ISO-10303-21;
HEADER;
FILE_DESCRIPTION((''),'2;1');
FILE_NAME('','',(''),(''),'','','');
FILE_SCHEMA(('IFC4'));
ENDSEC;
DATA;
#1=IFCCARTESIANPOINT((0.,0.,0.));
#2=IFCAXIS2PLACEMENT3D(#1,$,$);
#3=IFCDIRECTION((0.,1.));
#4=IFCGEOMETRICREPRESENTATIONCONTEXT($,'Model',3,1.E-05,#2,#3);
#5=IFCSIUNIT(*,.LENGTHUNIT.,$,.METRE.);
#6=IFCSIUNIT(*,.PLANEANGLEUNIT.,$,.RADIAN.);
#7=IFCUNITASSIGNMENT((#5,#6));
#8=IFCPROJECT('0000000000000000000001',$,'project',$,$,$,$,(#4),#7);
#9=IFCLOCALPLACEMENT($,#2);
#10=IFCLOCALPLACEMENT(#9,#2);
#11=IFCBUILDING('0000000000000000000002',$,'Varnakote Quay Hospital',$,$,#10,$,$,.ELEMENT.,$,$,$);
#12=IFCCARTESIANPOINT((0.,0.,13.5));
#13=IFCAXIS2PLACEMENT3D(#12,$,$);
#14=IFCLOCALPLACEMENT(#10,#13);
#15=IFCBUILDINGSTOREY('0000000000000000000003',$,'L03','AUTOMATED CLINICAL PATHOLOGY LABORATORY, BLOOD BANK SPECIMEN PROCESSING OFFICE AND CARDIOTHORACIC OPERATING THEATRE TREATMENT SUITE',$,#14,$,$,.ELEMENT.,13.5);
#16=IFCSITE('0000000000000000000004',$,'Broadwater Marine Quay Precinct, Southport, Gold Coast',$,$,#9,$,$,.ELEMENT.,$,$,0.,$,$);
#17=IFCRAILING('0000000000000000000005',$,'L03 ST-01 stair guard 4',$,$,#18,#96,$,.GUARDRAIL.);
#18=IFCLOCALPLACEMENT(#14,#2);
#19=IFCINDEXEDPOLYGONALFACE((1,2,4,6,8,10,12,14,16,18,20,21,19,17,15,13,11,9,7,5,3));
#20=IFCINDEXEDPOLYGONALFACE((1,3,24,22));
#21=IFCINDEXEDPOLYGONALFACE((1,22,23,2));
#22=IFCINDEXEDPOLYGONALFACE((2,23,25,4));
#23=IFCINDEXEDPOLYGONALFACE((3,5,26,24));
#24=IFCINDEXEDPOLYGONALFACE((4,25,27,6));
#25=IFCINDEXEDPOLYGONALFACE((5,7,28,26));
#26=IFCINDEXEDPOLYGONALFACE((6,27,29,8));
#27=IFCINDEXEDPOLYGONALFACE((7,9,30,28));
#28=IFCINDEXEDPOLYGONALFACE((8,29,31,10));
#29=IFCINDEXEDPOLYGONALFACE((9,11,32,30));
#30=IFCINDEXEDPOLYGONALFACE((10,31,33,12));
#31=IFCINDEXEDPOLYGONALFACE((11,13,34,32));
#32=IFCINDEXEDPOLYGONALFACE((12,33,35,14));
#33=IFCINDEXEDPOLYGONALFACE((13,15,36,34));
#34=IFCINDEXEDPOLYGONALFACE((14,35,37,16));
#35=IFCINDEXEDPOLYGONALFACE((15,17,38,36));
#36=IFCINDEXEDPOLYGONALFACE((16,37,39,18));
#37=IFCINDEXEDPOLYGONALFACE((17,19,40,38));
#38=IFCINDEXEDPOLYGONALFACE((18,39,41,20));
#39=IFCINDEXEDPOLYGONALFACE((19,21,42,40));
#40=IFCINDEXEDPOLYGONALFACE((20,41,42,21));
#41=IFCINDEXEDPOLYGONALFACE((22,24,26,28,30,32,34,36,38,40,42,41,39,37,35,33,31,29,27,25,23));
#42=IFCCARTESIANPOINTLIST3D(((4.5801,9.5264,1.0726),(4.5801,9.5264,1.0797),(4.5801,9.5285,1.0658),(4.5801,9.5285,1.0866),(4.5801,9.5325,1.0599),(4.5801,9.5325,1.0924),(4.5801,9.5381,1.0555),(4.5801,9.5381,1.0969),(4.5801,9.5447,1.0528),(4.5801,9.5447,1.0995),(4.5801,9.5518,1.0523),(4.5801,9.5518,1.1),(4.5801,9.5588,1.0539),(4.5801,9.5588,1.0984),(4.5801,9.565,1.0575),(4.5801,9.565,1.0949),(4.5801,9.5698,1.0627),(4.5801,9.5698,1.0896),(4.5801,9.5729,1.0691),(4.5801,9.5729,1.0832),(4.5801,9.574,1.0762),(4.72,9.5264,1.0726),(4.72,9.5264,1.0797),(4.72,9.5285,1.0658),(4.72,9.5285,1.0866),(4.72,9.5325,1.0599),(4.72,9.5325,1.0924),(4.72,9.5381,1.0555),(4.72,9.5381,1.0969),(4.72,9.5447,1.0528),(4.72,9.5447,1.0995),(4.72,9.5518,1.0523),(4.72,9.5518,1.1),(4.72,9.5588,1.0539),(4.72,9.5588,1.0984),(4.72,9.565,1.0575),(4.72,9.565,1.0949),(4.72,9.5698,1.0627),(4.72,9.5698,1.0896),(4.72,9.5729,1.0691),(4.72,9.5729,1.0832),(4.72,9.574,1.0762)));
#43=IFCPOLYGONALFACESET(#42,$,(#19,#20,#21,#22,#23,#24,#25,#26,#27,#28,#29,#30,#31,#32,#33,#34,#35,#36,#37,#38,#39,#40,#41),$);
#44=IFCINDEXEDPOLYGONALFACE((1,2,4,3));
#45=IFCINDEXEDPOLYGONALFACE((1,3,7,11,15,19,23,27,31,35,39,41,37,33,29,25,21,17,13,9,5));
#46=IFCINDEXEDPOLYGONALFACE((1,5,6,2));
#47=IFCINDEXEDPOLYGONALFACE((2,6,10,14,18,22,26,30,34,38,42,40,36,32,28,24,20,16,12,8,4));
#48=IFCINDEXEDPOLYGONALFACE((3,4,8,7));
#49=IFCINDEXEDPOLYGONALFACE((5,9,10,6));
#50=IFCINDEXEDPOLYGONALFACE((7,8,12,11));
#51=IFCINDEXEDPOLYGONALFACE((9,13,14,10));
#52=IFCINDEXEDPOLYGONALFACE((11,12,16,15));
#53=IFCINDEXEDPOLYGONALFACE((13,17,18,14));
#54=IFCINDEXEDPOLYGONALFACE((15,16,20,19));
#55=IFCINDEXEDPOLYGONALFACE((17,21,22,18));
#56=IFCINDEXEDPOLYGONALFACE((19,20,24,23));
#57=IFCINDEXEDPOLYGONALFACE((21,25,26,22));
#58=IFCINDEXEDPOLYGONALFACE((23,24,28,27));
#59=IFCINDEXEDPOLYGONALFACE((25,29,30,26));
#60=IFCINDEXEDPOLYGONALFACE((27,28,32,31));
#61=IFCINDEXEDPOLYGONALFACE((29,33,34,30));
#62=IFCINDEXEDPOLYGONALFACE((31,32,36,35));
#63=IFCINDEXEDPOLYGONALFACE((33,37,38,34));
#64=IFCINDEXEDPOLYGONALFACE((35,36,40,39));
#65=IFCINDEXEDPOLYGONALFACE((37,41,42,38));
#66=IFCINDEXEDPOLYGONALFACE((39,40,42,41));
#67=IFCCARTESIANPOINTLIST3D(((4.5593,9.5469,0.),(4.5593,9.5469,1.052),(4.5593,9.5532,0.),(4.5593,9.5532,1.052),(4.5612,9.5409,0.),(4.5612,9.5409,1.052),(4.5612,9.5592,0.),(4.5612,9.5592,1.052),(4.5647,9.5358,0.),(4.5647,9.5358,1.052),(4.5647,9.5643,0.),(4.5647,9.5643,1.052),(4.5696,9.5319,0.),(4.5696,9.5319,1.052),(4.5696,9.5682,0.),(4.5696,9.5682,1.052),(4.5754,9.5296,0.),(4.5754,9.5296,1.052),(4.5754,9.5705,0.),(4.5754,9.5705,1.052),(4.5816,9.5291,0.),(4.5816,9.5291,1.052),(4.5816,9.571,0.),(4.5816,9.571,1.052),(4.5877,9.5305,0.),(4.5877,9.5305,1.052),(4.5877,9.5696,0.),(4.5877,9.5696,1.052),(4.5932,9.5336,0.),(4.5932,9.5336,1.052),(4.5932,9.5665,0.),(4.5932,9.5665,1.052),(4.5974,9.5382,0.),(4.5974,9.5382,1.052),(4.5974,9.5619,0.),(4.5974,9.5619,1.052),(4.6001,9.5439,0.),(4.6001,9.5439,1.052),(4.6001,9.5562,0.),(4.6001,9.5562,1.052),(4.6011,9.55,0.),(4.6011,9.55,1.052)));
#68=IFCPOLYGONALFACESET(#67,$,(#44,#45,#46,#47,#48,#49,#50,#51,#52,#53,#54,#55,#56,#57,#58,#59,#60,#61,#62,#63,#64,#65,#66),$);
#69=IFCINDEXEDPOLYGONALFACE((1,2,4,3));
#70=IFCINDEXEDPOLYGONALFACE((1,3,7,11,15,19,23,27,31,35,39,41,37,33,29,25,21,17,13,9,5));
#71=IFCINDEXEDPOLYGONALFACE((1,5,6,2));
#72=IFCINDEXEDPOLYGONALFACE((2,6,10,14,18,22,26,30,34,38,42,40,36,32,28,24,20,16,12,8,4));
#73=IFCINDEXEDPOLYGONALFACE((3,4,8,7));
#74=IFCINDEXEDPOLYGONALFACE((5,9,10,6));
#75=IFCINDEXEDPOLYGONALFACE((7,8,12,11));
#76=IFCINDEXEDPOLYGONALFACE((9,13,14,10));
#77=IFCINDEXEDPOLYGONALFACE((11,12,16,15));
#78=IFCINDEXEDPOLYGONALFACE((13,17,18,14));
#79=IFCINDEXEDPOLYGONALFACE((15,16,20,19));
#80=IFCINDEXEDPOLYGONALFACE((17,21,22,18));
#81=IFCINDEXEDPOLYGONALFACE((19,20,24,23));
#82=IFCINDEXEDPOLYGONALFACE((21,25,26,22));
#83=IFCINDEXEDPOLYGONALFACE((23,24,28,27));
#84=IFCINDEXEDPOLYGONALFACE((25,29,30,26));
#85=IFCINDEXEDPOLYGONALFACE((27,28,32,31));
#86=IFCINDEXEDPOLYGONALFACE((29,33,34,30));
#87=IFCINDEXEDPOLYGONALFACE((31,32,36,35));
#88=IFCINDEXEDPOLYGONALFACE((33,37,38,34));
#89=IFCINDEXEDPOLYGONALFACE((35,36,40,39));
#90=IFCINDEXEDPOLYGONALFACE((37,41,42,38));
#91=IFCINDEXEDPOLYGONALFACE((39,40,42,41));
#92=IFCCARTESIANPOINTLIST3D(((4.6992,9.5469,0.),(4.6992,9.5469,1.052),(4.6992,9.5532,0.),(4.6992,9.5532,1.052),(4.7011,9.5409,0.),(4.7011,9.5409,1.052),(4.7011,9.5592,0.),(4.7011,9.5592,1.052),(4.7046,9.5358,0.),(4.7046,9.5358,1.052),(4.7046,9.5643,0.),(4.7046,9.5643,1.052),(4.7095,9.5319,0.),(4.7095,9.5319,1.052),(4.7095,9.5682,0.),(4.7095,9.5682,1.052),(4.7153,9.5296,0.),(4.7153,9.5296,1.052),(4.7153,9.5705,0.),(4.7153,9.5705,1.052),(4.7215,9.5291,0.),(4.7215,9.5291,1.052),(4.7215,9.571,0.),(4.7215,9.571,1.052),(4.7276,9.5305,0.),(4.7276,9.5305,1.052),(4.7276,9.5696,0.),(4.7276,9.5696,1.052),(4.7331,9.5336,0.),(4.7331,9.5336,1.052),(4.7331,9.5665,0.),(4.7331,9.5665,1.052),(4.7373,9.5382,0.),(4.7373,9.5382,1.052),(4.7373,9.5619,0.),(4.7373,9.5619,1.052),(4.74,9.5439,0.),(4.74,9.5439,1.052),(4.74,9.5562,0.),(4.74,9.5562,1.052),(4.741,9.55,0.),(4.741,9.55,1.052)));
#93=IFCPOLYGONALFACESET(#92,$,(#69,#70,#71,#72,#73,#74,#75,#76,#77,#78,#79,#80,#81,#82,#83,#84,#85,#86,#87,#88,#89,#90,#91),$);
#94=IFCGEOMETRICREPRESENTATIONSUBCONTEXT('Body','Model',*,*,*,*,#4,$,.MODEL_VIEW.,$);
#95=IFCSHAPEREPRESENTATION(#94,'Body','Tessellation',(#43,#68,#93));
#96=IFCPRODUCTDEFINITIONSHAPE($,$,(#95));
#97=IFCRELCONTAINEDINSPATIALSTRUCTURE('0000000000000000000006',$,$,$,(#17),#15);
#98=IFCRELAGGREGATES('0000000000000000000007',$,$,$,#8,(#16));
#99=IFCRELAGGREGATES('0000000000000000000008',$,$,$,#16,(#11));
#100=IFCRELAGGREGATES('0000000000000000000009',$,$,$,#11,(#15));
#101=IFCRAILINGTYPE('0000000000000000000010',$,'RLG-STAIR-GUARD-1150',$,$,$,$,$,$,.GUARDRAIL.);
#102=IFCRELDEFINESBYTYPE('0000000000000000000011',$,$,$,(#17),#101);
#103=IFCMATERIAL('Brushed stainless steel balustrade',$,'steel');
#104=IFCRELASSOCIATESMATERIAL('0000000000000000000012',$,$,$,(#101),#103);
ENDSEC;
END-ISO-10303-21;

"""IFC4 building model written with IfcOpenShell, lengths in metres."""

from ifc_helpers import new_model, si_unit, direction, frame, origin, origin_2d, place, context, subcontext, project, spatial, circle, extrude, material, type_object, element, save


model = new_model("IFC4")

# Units and contexts
model_context = context("Model", 3, precision=1e-05, world=origin(), true_north=direction((0.0, 1.0)))
body_context = subcontext(model_context, "Body", "Model", "MODEL_VIEW")
ifc_project = project(units=[si_unit("LENGTHUNIT", "METRE"), si_unit("PLANEANGLEUNIT", "RADIAN")], contexts=[model_context])

# Site, building, storey
site_placement = place(None, origin())
site = spatial("IfcSite", under=ifc_project, at=site_placement, Name="Broadwater Marine Quay Precinct, Southport, Gold Coast", CompositionType="ELEMENT", RefElevation=0.0)
building_placement = place(site_placement, origin())
building = spatial("IfcBuilding", under=site, at=building_placement, Name="Varnakote Quay Hospital", CompositionType="ELEMENT")
storey_placement = place(building_placement, frame((0.0, 0.0, 13.5)))
storey = spatial("IfcBuildingStorey", under=building, at=storey_placement, Name="L03", Description="AUTOMATED CLINICAL PATHOLOGY LABORATORY, BLOOD BANK SPECIMEN PROCESSING OFFICE AND CARDIOTHORACIC OPERATING THEATRE TREATMENT SUITE", CompositionType="ELEMENT", Elevation=13.5)

# Railing
ifc_material_1 = material(Name="Brushed stainless steel balustrade", Category="steel")
railing_type_1 = type_object("IfcRailingType", Name="RLG-STAIR-GUARD-1150", PredefinedType="GUARDRAIL", material=ifc_material_1)
railing_1_placement = place(storey_placement, frame((4.5801, 9.55, 0.0)))
element("IfcRailing", 1, at=railing_1_placement, inside=storey, type_object=railing_type_1, Name="L03 ST-01 stair guard 4", PredefinedType="GUARDRAIL", context=body_context, shape_type="SweptSolid", body=[
    extrude(circle(Radius=0.0239, at=origin_2d()), frame((0.0, 0.0, 1.0762), z_axis=(1.0, 0.0, 0.0), x_axis=(0.0, 1.0, 0.0)), (0.0, 0.0, 1.0), 0.1399),
    extrude(circle(Radius=0.021, at=origin_2d()), origin(), (0.0, 0.0, 1.0), 1.052),
    extrude(circle(Radius=0.021, at=origin_2d()), frame((0.1399, 0.0, 0.0)), (0.0, 0.0, 1.0), 1.052),
])

save(model, "model.ifc")
